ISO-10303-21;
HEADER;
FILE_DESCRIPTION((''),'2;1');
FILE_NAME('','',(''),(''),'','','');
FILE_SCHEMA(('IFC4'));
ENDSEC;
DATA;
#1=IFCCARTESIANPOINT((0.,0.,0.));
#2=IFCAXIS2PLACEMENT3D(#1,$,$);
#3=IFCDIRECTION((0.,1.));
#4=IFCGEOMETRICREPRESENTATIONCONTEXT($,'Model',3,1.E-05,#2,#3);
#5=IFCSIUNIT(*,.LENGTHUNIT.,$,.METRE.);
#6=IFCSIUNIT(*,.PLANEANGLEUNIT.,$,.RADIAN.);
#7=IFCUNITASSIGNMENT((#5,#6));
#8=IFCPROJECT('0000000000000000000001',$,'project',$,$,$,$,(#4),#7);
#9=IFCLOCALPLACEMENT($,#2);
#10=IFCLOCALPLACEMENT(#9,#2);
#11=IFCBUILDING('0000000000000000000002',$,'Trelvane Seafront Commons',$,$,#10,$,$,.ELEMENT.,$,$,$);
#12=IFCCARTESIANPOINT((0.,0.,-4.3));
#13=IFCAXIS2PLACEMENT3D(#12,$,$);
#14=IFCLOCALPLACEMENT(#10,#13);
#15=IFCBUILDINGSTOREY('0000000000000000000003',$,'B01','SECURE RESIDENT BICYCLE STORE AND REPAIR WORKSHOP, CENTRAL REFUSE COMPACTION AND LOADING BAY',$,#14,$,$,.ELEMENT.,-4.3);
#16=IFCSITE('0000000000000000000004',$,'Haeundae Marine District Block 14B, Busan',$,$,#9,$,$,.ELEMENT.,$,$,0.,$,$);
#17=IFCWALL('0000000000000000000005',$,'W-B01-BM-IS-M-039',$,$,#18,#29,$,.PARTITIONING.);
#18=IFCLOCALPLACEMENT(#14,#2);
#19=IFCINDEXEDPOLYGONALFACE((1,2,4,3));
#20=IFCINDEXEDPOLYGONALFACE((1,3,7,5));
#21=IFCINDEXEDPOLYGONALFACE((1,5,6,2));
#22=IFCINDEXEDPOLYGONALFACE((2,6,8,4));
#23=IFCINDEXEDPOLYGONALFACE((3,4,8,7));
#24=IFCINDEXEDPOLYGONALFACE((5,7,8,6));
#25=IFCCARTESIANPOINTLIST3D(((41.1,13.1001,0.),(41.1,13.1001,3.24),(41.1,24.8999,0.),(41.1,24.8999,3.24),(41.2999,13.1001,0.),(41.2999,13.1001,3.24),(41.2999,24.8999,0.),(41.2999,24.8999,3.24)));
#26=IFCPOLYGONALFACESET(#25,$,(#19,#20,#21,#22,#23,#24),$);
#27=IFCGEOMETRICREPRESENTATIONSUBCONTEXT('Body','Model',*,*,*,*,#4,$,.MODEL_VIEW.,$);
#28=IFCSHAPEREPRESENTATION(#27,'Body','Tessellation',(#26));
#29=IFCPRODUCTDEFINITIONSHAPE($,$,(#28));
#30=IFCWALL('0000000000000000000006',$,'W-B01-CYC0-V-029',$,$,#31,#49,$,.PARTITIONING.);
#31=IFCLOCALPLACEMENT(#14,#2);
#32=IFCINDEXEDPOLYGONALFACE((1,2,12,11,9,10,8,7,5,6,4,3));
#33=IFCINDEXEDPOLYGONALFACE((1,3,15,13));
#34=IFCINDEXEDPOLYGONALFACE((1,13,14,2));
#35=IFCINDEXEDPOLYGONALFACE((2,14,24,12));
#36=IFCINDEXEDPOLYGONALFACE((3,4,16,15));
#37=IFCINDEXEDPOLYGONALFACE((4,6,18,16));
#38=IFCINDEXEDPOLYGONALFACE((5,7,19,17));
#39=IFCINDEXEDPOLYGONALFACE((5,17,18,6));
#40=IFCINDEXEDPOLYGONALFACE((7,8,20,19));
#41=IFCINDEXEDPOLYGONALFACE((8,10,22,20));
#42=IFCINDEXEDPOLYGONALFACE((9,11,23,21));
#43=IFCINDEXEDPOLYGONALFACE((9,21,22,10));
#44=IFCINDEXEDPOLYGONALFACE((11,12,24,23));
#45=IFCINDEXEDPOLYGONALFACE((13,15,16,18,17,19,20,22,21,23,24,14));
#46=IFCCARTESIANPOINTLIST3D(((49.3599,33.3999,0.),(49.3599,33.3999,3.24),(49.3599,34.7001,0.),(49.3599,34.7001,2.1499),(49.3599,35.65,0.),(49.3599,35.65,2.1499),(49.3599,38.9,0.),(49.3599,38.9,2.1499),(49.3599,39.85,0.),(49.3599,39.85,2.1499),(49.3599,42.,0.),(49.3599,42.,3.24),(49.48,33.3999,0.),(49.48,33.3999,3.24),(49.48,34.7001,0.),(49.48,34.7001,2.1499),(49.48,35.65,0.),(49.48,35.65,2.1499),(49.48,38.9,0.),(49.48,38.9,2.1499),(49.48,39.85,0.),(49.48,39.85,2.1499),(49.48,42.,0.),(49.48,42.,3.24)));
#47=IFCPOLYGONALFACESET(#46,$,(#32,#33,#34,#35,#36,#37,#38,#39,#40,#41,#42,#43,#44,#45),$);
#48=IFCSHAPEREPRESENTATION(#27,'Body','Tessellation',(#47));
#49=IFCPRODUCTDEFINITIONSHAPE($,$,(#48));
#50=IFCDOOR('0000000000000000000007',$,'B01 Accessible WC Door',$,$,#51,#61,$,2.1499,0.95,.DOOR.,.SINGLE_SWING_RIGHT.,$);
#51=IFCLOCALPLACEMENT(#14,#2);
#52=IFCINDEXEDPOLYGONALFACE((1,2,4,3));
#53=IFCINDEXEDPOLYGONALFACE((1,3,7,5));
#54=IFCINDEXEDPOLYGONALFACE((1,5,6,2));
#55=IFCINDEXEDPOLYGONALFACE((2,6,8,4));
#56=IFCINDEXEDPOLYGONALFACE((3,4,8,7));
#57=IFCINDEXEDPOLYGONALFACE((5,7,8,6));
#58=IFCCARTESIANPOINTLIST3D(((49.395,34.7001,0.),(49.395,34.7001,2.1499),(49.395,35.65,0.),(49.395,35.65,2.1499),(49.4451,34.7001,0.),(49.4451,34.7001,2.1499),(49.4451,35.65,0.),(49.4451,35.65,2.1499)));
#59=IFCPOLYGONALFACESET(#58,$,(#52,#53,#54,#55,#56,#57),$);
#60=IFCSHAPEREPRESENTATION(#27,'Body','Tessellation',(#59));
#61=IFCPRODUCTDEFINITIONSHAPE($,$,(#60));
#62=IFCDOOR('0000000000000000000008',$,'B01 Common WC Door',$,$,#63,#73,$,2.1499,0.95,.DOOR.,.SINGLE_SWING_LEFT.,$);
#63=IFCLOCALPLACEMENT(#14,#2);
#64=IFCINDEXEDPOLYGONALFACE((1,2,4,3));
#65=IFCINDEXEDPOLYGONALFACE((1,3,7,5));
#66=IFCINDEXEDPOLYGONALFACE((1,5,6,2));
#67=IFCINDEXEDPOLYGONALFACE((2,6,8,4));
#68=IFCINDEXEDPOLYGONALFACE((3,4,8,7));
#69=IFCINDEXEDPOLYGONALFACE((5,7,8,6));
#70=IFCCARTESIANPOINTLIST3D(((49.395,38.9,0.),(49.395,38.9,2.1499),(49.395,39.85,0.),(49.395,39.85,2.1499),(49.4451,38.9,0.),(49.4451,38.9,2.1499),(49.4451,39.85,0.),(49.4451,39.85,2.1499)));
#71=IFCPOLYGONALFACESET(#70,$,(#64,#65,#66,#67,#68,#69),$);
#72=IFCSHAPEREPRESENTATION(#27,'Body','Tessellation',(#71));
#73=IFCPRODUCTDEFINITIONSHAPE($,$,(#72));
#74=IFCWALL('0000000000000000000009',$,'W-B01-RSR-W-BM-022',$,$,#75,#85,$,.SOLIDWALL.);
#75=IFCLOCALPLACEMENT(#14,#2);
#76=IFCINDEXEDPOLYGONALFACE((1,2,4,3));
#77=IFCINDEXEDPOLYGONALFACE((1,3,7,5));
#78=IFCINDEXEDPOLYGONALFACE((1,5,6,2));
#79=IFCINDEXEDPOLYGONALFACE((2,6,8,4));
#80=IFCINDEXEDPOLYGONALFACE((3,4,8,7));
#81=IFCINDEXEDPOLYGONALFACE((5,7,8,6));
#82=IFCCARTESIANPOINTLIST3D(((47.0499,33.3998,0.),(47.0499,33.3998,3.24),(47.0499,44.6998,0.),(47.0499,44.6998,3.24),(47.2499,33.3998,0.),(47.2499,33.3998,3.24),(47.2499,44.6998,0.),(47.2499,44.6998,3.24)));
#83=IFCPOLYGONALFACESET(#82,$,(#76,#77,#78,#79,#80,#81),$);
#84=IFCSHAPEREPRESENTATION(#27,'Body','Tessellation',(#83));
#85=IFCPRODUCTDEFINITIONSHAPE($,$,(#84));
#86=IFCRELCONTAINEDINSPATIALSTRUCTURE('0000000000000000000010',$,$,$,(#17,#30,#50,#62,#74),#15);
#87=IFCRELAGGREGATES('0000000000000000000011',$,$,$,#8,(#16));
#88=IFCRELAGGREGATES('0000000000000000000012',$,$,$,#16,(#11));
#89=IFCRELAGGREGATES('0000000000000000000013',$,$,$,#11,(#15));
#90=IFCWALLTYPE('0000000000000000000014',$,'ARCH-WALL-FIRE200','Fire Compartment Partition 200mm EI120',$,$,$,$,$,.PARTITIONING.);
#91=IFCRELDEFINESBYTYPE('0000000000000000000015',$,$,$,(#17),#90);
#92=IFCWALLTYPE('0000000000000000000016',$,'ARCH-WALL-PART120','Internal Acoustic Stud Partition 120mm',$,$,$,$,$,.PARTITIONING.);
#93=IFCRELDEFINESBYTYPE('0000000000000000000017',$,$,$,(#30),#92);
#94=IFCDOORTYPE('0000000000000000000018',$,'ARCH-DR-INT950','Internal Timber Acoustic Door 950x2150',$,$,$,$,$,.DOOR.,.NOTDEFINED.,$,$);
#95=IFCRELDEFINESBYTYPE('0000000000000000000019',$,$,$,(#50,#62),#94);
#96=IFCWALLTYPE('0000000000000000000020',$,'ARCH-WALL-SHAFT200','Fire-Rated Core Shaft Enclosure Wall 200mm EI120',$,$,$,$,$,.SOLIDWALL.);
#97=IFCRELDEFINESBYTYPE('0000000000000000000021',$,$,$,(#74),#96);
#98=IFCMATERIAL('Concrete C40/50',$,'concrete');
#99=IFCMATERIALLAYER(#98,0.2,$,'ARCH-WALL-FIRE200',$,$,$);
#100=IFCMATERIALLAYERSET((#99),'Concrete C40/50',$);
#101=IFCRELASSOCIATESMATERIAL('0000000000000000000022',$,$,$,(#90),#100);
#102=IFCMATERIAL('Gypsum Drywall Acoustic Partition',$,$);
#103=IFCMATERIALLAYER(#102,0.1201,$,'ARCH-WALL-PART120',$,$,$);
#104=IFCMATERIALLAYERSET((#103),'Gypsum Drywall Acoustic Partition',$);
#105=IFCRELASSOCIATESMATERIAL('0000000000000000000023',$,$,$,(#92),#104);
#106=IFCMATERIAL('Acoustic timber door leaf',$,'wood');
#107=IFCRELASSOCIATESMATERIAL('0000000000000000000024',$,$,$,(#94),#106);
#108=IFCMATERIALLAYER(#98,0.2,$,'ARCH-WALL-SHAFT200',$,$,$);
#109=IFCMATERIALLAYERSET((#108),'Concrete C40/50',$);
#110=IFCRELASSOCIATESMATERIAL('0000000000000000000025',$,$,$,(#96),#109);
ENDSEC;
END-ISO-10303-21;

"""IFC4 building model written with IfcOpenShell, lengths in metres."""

from ifc_helpers import new_model, si_unit, direction, frame, frame_2d, origin, place, context, subcontext, project, spatial, rectangle, extrude, source, transform, mapped, material, layer, layer_set, type_object, element, fill, save


model = new_model("IFC4")

# Units and contexts
model_context = context("Model", 3, precision=1e-05, world=origin(), true_north=direction((0.0, 1.0)))
body_context = subcontext(model_context, "Body", "Model", "MODEL_VIEW")
ifc_project = project(units=[si_unit("LENGTHUNIT", "METRE"), si_unit("PLANEANGLEUNIT", "RADIAN")], contexts=[model_context])

# Site, building, storey
site_placement = place(None, origin())
site = spatial("IfcSite", under=ifc_project, at=site_placement, Name="Haeundae Marine District Block 14B, Busan", CompositionType="ELEMENT", RefElevation=0.0)
building_placement = place(site_placement, origin())
building = spatial("IfcBuilding", under=site, at=building_placement, Name="Trelvane Seafront Commons", CompositionType="ELEMENT")
storey_placement = place(building_placement, frame((0.0, 0.0, -4.3)))
storey = spatial("IfcBuildingStorey", under=building, at=storey_placement, Name="B01", Description="SECURE RESIDENT BICYCLE STORE AND REPAIR WORKSHOP, CENTRAL REFUSE COMPACTION AND LOADING BAY", CompositionType="ELEMENT", Elevation=-4.3)

# Wall
ifc_material_1 = material(Name="Concrete C40/50", Category="concrete")
ifc_layer_1 = layer(ifc_material_1, 0.2, Name="ARCH-WALL-FIRE200")
ifc_layer_set_1 = layer_set([ifc_layer_1], Name="Concrete C40/50")
wall_type_1 = type_object("IfcWallType", Name="ARCH-WALL-FIRE200", Description="Fire Compartment Partition 200mm EI120", PredefinedType="PARTITIONING", material=ifc_layer_set_1)
wall_1_placement = place(storey_placement, frame((41.2, 13.1001, 0.0), z_axis=(0.0, 0.0, 1.0), x_axis=(0.0, 1.0, 0.0)))
element("IfcWall", 1, at=wall_1_placement, inside=storey, type_object=wall_type_1, Name="W-B01-BM-IS-M-039", PredefinedType="PARTITIONING", context=body_context, shape_type="SweptSolid", body=[
    extrude(rectangle(XDim=11.7998, YDim=0.2, at=frame_2d((5.8999, 0.0))), origin(), (0.0, 0.0, 1.0), 3.24),
])

# Wall, openings, doors
shared_shape_1 = source(origin(), body_context, "Body", "SweptSolid", [
    extrude(rectangle(XDim=0.95, YDim=2.1499, at=frame_2d((0.4751, 1.075))), frame((0.0, 0.0249, 0.0), z_axis=(0.0, -1.0, 0.0), x_axis=(1.0, 0.0, 0.0)), (0.0, 0.0, 1.0), 0.05),
])
ifc_material_2 = material(Name="Gypsum Drywall Acoustic Partition")
ifc_layer_2 = layer(ifc_material_2, 0.1201, Name="ARCH-WALL-PART120")
ifc_layer_set_2 = layer_set([ifc_layer_2], Name="Gypsum Drywall Acoustic Partition")
wall_type_2 = type_object("IfcWallType", Name="ARCH-WALL-PART120", Description="Internal Acoustic Stud Partition 120mm", PredefinedType="PARTITIONING", material=ifc_layer_set_2)
wall_2_placement = place(storey_placement, frame((49.4199, 33.3999, 0.0), z_axis=(0.0, 0.0, 1.0), x_axis=(0.0, 1.0, 0.0)))
wall_2 = element("IfcWall", 2, at=wall_2_placement, inside=storey, type_object=wall_type_2, Name="W-B01-CYC0-V-029", PredefinedType="PARTITIONING", context=body_context, shape_type="SweptSolid", body=[
    extrude(rectangle(XDim=8.6001, YDim=0.1201, at=frame_2d((4.3, 0.0))), origin(), (0.0, 0.0, 1.0), 3.24),
])
opening_1_placement = place(wall_2_placement, frame((1.3, 0.0, 0.0)))
opening_1 = element("IfcOpeningElement", 3, at=opening_1_placement, cuts=wall_2, PredefinedType="OPENING", context=body_context, shape_type="SweptSolid", body=[
    extrude(rectangle(XDim=0.95, YDim=2.1499, at=frame_2d((0.4751, 1.075))), frame((0.0, 0.0701, 0.0), z_axis=(0.0, -1.0, 0.0), x_axis=(1.0, 0.0, 0.0)), (0.0, 0.0, 1.0), 0.1401),
])
opening_2_placement = place(wall_2_placement, frame((5.5, 0.0, 0.0)))
opening_2 = element("IfcOpeningElement", 4, at=opening_2_placement, cuts=wall_2, PredefinedType="OPENING", context=body_context, shape_type="SweptSolid", body=[
    extrude(rectangle(XDim=0.95, YDim=2.1499, at=frame_2d((0.4751, 1.075))), frame((0.0, 0.0701, 0.0), z_axis=(0.0, -1.0, 0.0), x_axis=(1.0, 0.0, 0.0)), (0.0, 0.0, 1.0), 0.1401),
])
ifc_material_3 = material(Name="Acoustic timber door leaf", Category="wood")
door_type_1 = type_object("IfcDoorType", Name="ARCH-DR-INT950", Description="Internal Timber Acoustic Door 950x2150", OperationType="NOTDEFINED", PredefinedType="DOOR", material=ifc_material_3)
door_1_placement = place(opening_1_placement, origin())
door_1 = element("IfcDoor", 5, at=door_1_placement, inside=storey, type_object=door_type_1, Name="B01 Accessible WC Door", OperationType="SINGLE_SWING_RIGHT", OverallHeight=2.1499, OverallWidth=0.95, PredefinedType="DOOR", context=body_context, shape_type="MappedRepresentation", body=[
    mapped(shared_shape_1, transform((0.0, 0.0, 0.0), x_axis=(1.0, 0.0, 0.0), y_axis=(0.0, 1.0, 0.0), z_axis=(0.0, 0.0, 1.0), scale=1.0)),
])
fill(opening_1, door_1)
door_2_placement = place(opening_2_placement, origin())
door_2 = element("IfcDoor", 6, at=door_2_placement, inside=storey, type_object=door_type_1, Name="B01 Common WC Door", OperationType="SINGLE_SWING_LEFT", OverallHeight=2.1499, OverallWidth=0.95, PredefinedType="DOOR", context=body_context, shape_type="MappedRepresentation", body=[
    mapped(shared_shape_1, transform((0.0, 0.0, 0.0), x_axis=(1.0, 0.0, 0.0), y_axis=(0.0, 1.0, 0.0), z_axis=(0.0, 0.0, 1.0), scale=1.0)),
])
fill(opening_2, door_2)

# Wall
ifc_layer_3 = layer(ifc_material_1, 0.2, Name="ARCH-WALL-SHAFT200")
ifc_layer_set_3 = layer_set([ifc_layer_3], Name="Concrete C40/50")
wall_type_3 = type_object("IfcWallType", Name="ARCH-WALL-SHAFT200", Description="Fire-Rated Core Shaft Enclosure Wall 200mm EI120", PredefinedType="SOLIDWALL", material=ifc_layer_set_3)
wall_3_placement = place(storey_placement, frame((47.1499, 33.3999, 0.0), z_axis=(0.0, 0.0, 1.0), x_axis=(0.0, 1.0, 0.0)))
element("IfcWall", 7, at=wall_3_placement, inside=storey, type_object=wall_type_3, Name="W-B01-RSR-W-BM-022", PredefinedType="SOLIDWALL", context=body_context, shape_type="SweptSolid", body=[
    extrude(rectangle(XDim=11.3, YDim=0.2, at=frame_2d((5.6499, 0.0))), origin(), (0.0, 0.0, 1.0), 3.24),
])

save(model, "model.ifc")
